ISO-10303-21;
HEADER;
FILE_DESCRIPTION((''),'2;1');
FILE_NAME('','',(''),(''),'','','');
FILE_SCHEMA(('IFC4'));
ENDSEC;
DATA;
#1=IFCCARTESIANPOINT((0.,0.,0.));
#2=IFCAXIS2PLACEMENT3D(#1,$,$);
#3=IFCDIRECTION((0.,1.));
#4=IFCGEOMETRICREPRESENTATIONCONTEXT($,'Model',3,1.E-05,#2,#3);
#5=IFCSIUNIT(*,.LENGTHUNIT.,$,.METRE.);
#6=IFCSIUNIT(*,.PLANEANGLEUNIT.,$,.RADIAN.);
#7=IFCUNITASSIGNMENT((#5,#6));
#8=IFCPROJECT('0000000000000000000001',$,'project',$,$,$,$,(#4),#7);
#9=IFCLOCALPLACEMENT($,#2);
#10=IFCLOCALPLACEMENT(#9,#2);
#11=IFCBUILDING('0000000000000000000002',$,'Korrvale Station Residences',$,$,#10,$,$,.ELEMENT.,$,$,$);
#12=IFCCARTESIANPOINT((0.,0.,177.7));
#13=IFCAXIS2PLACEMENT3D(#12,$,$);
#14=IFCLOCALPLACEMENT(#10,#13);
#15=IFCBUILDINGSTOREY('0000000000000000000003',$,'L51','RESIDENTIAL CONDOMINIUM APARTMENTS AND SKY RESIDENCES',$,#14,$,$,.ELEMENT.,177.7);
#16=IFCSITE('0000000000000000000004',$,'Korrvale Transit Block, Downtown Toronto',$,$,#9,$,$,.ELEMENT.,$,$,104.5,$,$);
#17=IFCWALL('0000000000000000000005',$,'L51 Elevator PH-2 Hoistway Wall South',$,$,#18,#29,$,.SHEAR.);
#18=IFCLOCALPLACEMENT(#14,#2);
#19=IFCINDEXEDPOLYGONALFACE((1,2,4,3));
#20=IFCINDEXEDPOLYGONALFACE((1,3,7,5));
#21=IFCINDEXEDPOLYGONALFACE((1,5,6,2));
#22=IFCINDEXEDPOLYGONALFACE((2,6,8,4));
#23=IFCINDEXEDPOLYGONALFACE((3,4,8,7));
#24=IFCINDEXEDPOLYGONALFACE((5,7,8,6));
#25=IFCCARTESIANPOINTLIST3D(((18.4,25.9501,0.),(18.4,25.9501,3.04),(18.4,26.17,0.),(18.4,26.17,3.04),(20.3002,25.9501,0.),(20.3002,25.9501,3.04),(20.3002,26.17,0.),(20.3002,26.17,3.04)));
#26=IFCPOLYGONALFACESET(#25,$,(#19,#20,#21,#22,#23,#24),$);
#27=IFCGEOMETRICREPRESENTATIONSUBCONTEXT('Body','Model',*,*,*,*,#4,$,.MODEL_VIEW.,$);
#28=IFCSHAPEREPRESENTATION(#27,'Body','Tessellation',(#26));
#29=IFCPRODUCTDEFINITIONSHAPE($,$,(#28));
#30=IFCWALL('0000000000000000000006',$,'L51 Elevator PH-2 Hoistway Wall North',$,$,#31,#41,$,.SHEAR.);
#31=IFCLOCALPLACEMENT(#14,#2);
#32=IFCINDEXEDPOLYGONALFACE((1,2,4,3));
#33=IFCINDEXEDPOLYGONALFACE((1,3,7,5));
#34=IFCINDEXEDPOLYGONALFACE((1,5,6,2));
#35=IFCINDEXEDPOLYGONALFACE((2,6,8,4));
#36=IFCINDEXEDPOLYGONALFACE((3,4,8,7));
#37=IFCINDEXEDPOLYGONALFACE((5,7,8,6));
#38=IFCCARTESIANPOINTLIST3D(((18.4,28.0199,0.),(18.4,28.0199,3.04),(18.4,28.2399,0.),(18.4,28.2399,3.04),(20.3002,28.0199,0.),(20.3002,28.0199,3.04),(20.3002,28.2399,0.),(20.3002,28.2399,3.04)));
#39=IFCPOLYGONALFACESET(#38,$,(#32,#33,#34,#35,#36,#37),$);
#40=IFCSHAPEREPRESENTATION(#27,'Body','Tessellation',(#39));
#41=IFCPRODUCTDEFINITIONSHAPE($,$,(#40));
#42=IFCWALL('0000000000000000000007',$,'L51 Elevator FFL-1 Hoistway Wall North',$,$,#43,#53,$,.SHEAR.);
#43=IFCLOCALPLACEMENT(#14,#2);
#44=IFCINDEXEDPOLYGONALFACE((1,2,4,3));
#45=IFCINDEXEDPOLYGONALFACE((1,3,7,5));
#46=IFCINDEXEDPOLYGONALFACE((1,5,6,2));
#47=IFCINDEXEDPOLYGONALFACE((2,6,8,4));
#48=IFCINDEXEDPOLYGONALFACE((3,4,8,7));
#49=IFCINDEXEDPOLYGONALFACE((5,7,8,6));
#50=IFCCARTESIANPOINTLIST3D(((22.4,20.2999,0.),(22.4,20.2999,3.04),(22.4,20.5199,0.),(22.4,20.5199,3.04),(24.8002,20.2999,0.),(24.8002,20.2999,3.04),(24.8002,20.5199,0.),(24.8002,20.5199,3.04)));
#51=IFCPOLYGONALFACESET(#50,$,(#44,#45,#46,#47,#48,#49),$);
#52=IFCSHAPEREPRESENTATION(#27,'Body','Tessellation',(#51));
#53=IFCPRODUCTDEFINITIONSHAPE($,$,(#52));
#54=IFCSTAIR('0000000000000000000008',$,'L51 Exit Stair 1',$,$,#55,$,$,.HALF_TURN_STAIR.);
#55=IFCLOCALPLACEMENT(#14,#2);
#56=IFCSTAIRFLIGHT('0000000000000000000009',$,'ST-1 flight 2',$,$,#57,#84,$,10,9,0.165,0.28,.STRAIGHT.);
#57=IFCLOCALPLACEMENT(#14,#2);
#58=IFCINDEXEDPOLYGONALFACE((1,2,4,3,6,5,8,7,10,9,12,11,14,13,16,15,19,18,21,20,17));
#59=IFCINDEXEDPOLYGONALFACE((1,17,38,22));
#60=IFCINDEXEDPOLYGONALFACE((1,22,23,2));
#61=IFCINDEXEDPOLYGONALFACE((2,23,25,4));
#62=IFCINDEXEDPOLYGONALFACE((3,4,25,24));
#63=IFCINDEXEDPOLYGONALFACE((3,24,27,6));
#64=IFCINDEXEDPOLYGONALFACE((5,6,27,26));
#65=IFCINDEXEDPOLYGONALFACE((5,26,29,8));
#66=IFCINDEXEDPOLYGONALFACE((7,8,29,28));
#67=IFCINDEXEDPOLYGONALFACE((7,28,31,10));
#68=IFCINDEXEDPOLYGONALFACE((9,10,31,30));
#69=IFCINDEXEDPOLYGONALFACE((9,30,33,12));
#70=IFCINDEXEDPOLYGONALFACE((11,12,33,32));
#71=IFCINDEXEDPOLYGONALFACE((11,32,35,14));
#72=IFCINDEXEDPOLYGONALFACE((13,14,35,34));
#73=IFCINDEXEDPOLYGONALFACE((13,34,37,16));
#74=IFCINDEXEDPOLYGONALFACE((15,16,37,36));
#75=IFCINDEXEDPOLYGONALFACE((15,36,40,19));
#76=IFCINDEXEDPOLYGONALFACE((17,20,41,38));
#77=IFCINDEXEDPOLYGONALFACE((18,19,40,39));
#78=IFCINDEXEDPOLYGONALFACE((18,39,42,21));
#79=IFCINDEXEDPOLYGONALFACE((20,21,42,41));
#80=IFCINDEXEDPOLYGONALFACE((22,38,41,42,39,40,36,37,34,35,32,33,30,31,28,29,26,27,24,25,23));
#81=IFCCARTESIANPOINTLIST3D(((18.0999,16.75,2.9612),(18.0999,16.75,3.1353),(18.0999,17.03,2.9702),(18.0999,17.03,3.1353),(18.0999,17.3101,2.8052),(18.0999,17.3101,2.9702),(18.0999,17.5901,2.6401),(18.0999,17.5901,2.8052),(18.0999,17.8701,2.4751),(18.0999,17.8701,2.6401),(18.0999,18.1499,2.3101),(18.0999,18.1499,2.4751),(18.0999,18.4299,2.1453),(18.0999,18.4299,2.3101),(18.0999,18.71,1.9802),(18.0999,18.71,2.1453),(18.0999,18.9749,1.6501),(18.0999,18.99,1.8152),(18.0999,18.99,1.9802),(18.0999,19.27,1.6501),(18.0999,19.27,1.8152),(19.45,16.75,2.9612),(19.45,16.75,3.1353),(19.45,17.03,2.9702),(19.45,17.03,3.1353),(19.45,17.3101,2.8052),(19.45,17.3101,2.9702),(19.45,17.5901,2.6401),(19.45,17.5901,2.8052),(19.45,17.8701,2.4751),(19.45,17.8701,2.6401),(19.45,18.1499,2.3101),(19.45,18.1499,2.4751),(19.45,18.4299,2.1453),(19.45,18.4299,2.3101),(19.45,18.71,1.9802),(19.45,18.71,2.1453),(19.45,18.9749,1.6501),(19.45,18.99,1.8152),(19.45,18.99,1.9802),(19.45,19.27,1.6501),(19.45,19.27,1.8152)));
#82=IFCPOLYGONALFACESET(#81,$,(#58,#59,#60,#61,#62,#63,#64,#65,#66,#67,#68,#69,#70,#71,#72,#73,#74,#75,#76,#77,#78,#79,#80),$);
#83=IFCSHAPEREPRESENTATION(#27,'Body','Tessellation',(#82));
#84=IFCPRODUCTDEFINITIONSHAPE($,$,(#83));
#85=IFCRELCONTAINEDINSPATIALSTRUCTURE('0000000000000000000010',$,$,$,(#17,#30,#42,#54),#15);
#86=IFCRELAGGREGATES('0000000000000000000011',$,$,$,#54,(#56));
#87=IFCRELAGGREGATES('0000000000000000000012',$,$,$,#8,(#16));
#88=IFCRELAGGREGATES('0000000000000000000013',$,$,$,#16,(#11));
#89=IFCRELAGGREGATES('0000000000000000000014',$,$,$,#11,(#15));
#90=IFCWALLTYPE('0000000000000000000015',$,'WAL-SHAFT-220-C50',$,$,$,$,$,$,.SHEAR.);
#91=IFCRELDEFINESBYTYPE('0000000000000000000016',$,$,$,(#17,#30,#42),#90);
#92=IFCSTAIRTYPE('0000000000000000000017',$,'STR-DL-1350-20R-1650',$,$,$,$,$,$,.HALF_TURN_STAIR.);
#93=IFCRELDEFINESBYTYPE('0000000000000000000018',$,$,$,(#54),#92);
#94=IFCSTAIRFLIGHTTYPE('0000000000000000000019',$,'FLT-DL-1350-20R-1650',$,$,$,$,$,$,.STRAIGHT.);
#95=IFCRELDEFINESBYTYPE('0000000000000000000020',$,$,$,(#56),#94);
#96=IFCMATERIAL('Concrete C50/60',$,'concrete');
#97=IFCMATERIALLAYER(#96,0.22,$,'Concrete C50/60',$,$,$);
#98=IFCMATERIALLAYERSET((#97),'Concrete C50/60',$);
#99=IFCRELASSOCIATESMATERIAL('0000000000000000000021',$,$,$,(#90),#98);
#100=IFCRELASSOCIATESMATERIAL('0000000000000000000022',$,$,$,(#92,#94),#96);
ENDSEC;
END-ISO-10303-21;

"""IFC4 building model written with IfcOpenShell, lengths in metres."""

from ifc_helpers import new_model, si_unit, direction, frame, frame_2d, origin, place, context, subcontext, project, spatial, polyline, rectangle, outline, extrude, material, layer, layer_set, type_object, element, aggregate, save


model = new_model("IFC4")

# Units and contexts
model_context = context("Model", 3, precision=1e-05, world=origin(), true_north=direction((0.0, 1.0)))
body_context = subcontext(model_context, "Body", "Model", "MODEL_VIEW")
ifc_project = project(units=[si_unit("LENGTHUNIT", "METRE"), si_unit("PLANEANGLEUNIT", "RADIAN")], contexts=[model_context])

# Site, building, storey
site_placement = place(None, origin())
site = spatial("IfcSite", under=ifc_project, at=site_placement, Name="Korrvale Transit Block, Downtown Toronto", CompositionType="ELEMENT", RefElevation=104.5)
building_placement = place(site_placement, origin())
building = spatial("IfcBuilding", under=site, at=building_placement, Name="Korrvale Station Residences", CompositionType="ELEMENT")
storey_placement = place(building_placement, frame((0.0, 0.0, 177.7)))
storey = spatial("IfcBuildingStorey", under=building, at=storey_placement, Name="L51", Description="RESIDENTIAL CONDOMINIUM APARTMENTS AND SKY RESIDENCES", CompositionType="ELEMENT", Elevation=177.7)

# Shared definitions
ifc_material_1 = material(Name="Concrete C50/60", Category="concrete")

# Shared definitions
ifc_layer_1 = layer(ifc_material_1, 0.22, Name="Concrete C50/60")
ifc_layer_set_1 = layer_set([ifc_layer_1], Name="Concrete C50/60")
wall_type_1 = type_object("IfcWallType", Name="WAL-SHAFT-220-C50", PredefinedType="SHEAR", material=ifc_layer_set_1)

# Walls
for number, where, z_axis, x_axis, name in (
    (1, (18.3999, 26.0601, 0.0), (0.0, 0.0, 1.0), (1.0, 0.0, 0.0), "L51 Elevator PH-2 Hoistway Wall South"),
    (2, (18.3999, 28.1299, 0.0), (0.0, 0.0, 1.0), (1.0, 0.0, 0.0), "L51 Elevator PH-2 Hoistway Wall North"),
):
    element("IfcWall", number, at=place(storey_placement, frame(where, z_axis=z_axis, x_axis=x_axis)), inside=storey, type_object=wall_type_1, Name=name, PredefinedType="SHEAR", context=body_context, shape_type="SweptSolid", body=[
        extrude(rectangle(XDim=1.9001, YDim=0.22, at=frame_2d((0.9502, 0.0))), origin(), (0.0, 0.0, 1.0), 3.04),
    ])

# Wall
wall_1_placement = place(storey_placement, frame((22.3999, 20.4099, 0.0), z_axis=(0.0, 0.0, 1.0), x_axis=(1.0, 0.0, 0.0)))
element("IfcWall", 3, at=wall_1_placement, inside=storey, type_object=wall_type_1, Name="L51 Elevator FFL-1 Hoistway Wall North", PredefinedType="SHEAR", context=body_context, shape_type="SweptSolid", body=[
    extrude(rectangle(XDim=2.4001, YDim=0.22, at=frame_2d((1.2002, 0.0))), origin(), (0.0, 0.0, 1.0), 3.04),
])

# Stair, stair flight
stair_type = type_object("IfcStairType", Name="STR-DL-1350-20R-1650", PredefinedType="HALF_TURN_STAIR", material=ifc_material_1)
stair_placement = place(storey_placement, origin())
stair = element("IfcStair", 4, at=stair_placement, inside=storey, type_object=stair_type, Name="L51 Exit Stair 1", PredefinedType="HALF_TURN_STAIR")
stair_flight_type = type_object("IfcStairFlightType", Name="FLT-DL-1350-20R-1650", PredefinedType="STRAIGHT", material=ifc_material_1)
stair_flight_placement = place(storey_placement, frame((18.7749, 19.27, 1.6501), z_axis=(0.0, 0.0, 1.0), x_axis=(0.0, -1.0, 0.0)))
stair_flight = element("IfcStairFlight", 5, at=stair_flight_placement, type_object=stair_flight_type, Name="ST-1 flight 2", NumberOfRisers=10, NumberOfTreads=9, PredefinedType="STRAIGHT", RiserHeight=0.165, TreadLength=0.28, context=body_context, shape_type="SweptSolid", body=[
    extrude(outline(polyline([(0.0, 0.0), (0.0, 0.165), (0.28, 0.165), (0.28, 0.3301), (0.5601, 0.3301), (0.5601, 0.4951), (0.8401, 0.4951), (0.8401, 0.6599), (1.1201, 0.6599), (1.1201, 0.825), (1.3999, 0.825), (1.3999, 0.99), (1.6799, 0.99), (1.6799, 1.155), (1.96, 1.155), (1.96, 1.3201), (2.24, 1.3201), (2.24, 1.4851), (2.52, 1.4851), (2.52, 1.6499), (2.52, 1.311), (0.2952, 0.0), (0.0, 0.0)])), frame((0.0, 0.675, 0.0), z_axis=(0.0, -1.0, 0.0), x_axis=(1.0, 0.0, 0.0)), (0.0, 0.0, 1.0), 1.3501),
])
aggregate(stair, [stair_flight])

save(model, "model.ifc")
